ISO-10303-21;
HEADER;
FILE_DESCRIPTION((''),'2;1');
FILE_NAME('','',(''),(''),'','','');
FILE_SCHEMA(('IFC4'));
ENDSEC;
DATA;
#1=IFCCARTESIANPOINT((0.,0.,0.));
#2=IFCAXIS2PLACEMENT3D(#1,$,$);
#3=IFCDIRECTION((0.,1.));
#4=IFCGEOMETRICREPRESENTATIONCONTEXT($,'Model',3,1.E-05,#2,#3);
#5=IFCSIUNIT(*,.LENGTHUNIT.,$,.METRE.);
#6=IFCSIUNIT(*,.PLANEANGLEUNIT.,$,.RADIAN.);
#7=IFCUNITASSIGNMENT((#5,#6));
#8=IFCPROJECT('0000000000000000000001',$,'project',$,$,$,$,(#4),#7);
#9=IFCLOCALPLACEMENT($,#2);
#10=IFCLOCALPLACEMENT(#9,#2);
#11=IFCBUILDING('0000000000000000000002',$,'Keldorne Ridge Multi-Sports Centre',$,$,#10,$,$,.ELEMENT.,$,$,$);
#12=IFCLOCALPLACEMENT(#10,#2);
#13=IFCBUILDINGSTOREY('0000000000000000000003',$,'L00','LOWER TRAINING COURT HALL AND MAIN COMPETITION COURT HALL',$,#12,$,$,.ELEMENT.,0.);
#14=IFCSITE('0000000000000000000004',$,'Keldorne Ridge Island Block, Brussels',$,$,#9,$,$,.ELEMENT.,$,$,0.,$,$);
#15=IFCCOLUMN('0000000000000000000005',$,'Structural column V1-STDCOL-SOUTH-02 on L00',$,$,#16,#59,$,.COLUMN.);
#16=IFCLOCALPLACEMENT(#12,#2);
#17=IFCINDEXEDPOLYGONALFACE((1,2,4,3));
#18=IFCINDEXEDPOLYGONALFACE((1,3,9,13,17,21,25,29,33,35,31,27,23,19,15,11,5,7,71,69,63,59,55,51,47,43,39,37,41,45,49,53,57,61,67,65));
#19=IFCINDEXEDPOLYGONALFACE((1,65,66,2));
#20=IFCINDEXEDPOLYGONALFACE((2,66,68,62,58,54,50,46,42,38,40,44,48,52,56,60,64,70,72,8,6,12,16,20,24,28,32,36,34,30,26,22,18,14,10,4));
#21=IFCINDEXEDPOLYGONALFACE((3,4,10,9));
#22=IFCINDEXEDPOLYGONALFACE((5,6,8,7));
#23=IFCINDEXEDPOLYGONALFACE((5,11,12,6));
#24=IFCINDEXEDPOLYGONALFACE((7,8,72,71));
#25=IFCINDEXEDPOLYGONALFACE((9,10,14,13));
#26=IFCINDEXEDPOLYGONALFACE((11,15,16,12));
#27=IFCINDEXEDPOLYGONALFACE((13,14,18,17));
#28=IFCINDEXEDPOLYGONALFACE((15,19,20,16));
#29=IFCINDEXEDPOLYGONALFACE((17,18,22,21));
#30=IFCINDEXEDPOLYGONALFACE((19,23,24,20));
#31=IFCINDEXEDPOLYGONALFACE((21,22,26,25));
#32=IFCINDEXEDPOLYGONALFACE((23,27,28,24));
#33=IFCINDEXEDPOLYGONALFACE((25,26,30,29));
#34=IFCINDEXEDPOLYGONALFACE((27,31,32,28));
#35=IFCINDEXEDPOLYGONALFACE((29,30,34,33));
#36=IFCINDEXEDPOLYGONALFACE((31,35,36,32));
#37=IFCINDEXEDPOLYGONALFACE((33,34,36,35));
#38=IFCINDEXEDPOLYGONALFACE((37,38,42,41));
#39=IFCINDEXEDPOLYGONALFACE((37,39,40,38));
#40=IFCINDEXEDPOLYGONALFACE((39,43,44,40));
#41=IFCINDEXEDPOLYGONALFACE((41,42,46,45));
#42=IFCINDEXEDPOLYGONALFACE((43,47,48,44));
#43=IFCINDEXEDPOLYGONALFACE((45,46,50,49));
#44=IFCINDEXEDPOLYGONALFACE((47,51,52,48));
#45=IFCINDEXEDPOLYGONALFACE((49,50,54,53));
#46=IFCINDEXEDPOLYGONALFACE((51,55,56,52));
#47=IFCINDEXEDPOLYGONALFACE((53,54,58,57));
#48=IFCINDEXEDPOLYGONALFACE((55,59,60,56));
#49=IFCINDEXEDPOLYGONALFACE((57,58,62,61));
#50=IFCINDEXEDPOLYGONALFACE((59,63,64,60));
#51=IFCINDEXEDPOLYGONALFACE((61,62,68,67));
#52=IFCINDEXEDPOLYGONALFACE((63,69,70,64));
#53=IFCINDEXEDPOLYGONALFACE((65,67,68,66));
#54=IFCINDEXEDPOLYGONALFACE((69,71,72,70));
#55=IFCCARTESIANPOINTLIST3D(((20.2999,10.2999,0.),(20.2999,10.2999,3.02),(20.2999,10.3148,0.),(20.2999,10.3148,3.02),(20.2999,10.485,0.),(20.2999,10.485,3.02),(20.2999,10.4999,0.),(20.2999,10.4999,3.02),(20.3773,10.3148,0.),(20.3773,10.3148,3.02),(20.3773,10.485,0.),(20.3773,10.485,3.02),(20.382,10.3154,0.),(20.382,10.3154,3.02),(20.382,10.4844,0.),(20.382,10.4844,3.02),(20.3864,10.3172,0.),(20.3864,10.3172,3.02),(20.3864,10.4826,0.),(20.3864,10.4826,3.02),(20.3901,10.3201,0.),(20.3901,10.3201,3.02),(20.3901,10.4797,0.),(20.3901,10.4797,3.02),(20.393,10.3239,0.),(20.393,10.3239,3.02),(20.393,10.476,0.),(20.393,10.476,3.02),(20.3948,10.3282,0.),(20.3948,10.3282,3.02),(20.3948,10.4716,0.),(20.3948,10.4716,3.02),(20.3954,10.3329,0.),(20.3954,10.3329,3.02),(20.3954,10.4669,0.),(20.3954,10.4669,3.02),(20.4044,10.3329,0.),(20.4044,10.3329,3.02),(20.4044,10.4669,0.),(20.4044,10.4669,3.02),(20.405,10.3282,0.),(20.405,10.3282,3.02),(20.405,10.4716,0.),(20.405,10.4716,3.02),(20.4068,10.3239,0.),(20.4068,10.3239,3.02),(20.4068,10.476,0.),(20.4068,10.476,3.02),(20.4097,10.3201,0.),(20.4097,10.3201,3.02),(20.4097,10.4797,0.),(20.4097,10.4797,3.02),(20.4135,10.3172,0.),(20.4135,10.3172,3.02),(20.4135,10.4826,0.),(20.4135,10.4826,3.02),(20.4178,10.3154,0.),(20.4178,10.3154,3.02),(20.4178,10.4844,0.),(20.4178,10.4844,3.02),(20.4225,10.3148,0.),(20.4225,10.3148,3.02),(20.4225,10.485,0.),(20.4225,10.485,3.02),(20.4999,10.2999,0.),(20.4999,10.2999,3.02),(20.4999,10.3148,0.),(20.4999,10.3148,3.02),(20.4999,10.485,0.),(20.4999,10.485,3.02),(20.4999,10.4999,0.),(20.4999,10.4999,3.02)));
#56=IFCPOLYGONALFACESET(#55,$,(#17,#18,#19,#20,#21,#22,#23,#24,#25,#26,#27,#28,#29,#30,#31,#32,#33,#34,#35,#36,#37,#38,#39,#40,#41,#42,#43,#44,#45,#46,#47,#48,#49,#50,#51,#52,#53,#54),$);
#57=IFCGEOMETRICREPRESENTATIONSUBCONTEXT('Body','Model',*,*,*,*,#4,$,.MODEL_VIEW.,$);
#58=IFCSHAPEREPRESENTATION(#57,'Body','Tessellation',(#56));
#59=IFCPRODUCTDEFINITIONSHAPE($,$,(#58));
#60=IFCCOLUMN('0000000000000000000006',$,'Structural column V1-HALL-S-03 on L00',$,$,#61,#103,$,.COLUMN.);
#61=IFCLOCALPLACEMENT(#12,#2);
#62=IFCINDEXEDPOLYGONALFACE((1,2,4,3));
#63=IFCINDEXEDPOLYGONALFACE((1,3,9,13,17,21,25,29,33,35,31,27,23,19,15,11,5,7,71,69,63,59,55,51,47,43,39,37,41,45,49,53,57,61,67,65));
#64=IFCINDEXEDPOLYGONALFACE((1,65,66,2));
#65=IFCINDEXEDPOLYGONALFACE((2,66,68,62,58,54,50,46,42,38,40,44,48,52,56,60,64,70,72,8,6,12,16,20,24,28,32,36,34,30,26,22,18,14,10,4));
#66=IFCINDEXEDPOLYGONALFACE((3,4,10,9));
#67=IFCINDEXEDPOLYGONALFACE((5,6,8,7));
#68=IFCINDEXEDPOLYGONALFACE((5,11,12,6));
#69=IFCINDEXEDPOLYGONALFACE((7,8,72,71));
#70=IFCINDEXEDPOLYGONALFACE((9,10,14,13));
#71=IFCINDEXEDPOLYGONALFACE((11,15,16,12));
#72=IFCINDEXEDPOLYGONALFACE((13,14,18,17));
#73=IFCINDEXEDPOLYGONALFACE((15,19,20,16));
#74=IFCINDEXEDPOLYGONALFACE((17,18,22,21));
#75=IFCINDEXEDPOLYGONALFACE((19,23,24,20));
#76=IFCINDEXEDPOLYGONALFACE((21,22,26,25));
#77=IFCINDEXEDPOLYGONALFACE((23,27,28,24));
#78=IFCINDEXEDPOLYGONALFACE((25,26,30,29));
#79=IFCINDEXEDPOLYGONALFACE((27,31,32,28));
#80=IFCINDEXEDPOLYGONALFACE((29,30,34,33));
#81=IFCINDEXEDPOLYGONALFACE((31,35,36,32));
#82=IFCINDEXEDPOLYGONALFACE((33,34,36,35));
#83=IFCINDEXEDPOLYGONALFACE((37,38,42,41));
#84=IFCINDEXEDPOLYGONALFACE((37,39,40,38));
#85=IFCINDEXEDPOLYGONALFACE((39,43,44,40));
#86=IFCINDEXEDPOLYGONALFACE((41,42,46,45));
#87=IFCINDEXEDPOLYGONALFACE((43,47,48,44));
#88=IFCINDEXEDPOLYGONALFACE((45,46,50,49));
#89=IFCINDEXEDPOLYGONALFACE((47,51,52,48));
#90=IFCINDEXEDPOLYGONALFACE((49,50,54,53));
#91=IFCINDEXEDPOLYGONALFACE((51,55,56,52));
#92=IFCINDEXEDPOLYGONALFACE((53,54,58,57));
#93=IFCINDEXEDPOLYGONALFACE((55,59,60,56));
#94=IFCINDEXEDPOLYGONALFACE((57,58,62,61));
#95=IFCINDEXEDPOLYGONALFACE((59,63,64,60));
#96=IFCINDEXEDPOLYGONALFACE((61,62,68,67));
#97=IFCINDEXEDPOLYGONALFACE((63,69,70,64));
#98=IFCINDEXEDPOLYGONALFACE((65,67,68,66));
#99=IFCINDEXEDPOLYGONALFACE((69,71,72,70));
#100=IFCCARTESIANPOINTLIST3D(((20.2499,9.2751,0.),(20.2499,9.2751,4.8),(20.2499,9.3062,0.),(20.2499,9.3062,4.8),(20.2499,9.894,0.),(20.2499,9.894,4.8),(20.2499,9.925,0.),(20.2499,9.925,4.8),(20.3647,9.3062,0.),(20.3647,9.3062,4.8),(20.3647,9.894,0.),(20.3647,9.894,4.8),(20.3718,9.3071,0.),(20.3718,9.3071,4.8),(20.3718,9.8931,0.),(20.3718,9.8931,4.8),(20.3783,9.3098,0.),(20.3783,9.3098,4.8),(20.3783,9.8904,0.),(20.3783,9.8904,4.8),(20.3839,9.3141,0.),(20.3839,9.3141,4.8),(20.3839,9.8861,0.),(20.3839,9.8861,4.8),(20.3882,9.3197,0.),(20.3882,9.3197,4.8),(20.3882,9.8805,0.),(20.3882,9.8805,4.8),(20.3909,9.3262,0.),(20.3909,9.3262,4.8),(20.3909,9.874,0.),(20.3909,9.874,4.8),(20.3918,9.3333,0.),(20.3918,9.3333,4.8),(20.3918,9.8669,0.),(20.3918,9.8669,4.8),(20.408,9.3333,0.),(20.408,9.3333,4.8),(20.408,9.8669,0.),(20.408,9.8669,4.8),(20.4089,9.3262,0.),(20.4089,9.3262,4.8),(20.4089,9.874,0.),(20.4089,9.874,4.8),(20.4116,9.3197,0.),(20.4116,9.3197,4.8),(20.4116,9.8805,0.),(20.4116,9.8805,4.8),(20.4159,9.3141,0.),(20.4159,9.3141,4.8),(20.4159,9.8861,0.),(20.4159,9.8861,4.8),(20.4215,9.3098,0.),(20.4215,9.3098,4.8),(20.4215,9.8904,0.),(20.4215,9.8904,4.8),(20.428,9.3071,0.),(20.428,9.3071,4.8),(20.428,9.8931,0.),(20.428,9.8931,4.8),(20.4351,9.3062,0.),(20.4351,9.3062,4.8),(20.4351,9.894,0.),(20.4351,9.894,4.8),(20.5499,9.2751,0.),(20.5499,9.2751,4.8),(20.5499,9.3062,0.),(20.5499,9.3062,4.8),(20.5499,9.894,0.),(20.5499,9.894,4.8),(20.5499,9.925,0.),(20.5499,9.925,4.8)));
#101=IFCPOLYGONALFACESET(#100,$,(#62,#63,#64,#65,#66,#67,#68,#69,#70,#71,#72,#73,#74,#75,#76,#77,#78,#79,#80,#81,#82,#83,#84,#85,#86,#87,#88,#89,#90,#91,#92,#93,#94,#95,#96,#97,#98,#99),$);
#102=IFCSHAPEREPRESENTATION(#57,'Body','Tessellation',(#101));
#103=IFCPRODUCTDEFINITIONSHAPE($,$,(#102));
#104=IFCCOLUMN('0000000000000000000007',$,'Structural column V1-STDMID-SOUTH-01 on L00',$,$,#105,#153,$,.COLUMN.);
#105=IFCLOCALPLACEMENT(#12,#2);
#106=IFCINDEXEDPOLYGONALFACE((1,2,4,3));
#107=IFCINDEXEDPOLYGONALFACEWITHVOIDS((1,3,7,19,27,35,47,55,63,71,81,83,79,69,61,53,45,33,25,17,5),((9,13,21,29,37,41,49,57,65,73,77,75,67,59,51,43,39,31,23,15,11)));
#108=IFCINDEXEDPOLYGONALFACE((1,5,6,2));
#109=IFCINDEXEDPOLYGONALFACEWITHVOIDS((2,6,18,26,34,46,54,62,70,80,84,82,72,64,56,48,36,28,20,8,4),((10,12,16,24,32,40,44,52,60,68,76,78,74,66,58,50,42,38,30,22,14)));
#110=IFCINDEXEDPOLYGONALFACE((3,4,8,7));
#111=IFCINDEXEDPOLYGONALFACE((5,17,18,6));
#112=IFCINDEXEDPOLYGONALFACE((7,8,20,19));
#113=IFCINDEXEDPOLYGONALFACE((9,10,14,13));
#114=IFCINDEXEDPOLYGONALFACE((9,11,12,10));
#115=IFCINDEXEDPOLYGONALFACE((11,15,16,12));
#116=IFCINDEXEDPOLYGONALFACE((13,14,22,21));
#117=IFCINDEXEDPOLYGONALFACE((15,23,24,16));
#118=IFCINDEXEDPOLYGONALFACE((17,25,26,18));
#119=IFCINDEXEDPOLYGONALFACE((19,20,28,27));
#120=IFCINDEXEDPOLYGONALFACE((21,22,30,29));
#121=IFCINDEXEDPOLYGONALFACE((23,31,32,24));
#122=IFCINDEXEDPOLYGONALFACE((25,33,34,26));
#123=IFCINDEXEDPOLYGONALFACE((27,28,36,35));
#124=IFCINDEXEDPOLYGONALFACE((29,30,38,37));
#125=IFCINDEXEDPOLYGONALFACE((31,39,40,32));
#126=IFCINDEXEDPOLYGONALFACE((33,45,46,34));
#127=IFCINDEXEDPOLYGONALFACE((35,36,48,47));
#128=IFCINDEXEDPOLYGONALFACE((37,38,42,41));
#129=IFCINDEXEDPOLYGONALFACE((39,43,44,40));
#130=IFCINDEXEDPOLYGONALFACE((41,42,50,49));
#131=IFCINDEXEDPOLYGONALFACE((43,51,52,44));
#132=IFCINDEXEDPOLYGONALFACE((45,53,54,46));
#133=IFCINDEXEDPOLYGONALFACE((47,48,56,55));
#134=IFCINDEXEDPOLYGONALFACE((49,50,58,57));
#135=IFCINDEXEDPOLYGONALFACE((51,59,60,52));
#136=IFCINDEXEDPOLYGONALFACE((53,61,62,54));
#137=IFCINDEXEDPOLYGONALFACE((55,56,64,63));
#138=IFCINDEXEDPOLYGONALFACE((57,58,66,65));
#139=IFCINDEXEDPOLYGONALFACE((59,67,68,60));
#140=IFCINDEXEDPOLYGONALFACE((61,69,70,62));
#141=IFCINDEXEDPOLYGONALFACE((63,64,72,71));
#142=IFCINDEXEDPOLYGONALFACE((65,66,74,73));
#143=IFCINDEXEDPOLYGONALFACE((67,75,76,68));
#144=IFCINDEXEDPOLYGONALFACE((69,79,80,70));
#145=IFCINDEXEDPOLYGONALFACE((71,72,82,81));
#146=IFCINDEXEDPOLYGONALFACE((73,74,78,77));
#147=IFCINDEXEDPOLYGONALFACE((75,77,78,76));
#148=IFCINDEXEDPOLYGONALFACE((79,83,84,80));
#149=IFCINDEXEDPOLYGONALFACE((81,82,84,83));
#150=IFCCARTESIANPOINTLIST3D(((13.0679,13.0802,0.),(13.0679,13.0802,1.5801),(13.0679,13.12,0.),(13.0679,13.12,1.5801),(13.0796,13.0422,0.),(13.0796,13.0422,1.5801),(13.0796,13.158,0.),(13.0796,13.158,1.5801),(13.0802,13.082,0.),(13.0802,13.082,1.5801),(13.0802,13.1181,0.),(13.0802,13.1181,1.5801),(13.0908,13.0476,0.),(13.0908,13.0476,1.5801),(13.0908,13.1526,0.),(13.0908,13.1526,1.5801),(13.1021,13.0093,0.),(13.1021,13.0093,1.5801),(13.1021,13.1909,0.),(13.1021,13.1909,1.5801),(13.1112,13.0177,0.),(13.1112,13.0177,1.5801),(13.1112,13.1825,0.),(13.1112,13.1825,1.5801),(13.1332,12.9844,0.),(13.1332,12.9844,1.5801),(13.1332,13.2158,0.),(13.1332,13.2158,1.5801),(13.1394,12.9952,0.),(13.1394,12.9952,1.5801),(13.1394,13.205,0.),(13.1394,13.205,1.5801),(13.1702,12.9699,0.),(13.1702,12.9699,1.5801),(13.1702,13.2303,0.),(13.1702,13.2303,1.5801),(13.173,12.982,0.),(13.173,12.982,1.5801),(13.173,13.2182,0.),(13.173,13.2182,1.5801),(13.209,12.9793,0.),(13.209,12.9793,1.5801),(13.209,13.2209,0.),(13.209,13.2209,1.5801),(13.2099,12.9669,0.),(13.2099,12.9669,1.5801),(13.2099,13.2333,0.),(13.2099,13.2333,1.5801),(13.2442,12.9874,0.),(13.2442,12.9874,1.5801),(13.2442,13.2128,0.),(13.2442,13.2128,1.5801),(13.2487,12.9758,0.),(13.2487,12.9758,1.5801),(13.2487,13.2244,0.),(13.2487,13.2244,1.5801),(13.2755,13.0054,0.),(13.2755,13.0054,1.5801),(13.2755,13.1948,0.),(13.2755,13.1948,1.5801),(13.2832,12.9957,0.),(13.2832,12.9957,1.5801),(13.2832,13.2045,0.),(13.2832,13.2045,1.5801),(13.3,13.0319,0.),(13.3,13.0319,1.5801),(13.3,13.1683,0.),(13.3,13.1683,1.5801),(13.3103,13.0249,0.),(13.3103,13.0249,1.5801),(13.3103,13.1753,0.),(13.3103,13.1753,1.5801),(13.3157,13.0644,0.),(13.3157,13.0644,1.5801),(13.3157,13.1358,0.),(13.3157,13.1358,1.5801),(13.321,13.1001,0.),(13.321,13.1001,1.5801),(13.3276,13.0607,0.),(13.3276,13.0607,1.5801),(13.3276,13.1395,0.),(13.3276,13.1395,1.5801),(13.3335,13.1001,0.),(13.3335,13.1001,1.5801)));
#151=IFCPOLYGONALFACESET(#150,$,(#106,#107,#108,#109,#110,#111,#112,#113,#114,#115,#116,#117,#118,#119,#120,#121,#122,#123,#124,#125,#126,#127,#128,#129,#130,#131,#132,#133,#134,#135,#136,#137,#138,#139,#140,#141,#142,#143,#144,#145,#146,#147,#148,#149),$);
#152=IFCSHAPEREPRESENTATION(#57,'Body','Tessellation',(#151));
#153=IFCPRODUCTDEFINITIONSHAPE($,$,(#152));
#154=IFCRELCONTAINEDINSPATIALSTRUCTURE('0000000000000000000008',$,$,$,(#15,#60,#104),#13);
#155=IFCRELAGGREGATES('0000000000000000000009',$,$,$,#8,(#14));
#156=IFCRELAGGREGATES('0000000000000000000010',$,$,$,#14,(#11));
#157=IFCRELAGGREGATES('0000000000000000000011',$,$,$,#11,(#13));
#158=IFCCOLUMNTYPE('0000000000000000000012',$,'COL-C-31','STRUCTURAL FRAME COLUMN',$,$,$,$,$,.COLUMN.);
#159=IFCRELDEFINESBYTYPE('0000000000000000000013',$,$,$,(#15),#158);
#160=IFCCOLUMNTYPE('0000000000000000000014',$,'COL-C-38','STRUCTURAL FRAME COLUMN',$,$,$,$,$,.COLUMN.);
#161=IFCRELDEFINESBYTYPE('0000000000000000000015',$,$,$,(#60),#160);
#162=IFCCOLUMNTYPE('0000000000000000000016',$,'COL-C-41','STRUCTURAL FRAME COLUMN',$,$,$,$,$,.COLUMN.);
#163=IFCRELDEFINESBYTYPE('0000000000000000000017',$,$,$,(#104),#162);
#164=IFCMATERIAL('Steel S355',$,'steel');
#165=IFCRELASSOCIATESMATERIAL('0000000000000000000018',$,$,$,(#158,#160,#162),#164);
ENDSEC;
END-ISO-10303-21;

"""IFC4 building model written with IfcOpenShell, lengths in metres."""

from ifc_helpers import new_model, si_unit, direction, frame, origin, origin_2d, place, context, subcontext, project, spatial, hollow_circle, i_section, extrude, material, material_profile, profile_set, type_object, element, save


model = new_model("IFC4")

# Units and contexts
model_context = context("Model", 3, precision=1e-05, world=origin(), true_north=direction((0.0, 1.0)))
body_context = subcontext(model_context, "Body", "Model", "MODEL_VIEW")
ifc_project = project(units=[si_unit("LENGTHUNIT", "METRE"), si_unit("PLANEANGLEUNIT", "RADIAN")], contexts=[model_context])

# Site, building, storey
site_placement = place(None, origin())
site = spatial("IfcSite", under=ifc_project, at=site_placement, Name="Keldorne Ridge Island Block, Brussels", CompositionType="ELEMENT", RefElevation=0.0)
building_placement = place(site_placement, origin())
building = spatial("IfcBuilding", under=site, at=building_placement, Name="Keldorne Ridge Multi-Sports Centre", CompositionType="ELEMENT")
storey_placement = place(building_placement, origin())
storey = spatial("IfcBuildingStorey", under=building, at=storey_placement, Name="L00", Description="LOWER TRAINING COURT HALL AND MAIN COMPETITION COURT HALL", CompositionType="ELEMENT", Elevation=0.0)

# Columns
ifc_material_1 = material(Name="Steel S355", Category="steel")
ifc_material_profile_1 = material_profile(ifc_material_1, i_section(OverallWidth=0.2, OverallDepth=0.2, WebThickness=0.009, FlangeThickness=0.0149, FilletRadius=0.0181, at=origin_2d()), Name="HEB 200")
ifc_profile_set_1 = profile_set([ifc_material_profile_1], Name="Steel S355")
column_type_1 = type_object("IfcColumnType", Name="COL-C-31", Description="STRUCTURAL FRAME COLUMN", PredefinedType="COLUMN", material=ifc_profile_set_1)
column_1_placement = place(storey_placement, frame((20.3999, 10.3999, 0.0), z_axis=(0.0, 0.0, 1.0), x_axis=(1.0, 0.0, 0.0)))
element("IfcColumn", 1, at=column_1_placement, inside=storey, type_object=column_type_1, Name="Structural column V1-STDCOL-SOUTH-02 on L00", PredefinedType="COLUMN", context=body_context, shape_type="SweptSolid", body=[
    extrude(i_section(OverallWidth=0.2, OverallDepth=0.2, WebThickness=0.009, FlangeThickness=0.0149, FilletRadius=0.0181, at=origin_2d()), origin(), (0.0, 0.0, 1.0), 3.02),
])
ifc_material_profile_2 = material_profile(ifc_material_1, i_section(OverallWidth=0.3, OverallDepth=0.6499, WebThickness=0.0161, FlangeThickness=0.031, FilletRadius=0.0271, at=origin_2d()), Name="HEB 650")
ifc_profile_set_2 = profile_set([ifc_material_profile_2], Name="Steel S355")
column_type_2 = type_object("IfcColumnType", Name="COL-C-38", Description="STRUCTURAL FRAME COLUMN", PredefinedType="COLUMN", material=ifc_profile_set_2)
column_2_placement = place(storey_placement, frame((20.3999, 9.6001, 0.0), z_axis=(0.0, 0.0, 1.0), x_axis=(1.0, 0.0, 0.0)))
element("IfcColumn", 2, at=column_2_placement, inside=storey, type_object=column_type_2, Name="Structural column V1-HALL-S-03 on L00", PredefinedType="COLUMN", context=body_context, shape_type="SweptSolid", body=[
    extrude(i_section(OverallWidth=0.3, OverallDepth=0.6499, WebThickness=0.0161, FlangeThickness=0.031, FilletRadius=0.0271, at=origin_2d()), origin(), (0.0, 0.0, 1.0), 4.8),
])
ifc_material_profile_3 = material_profile(ifc_material_1, hollow_circle(Radius=0.1335, WallThickness=0.0125, at=origin_2d()), Name="CHS 267x12.5")
ifc_profile_set_3 = profile_set([ifc_material_profile_3], Name="Steel S355")
column_type_3 = type_object("IfcColumnType", Name="COL-C-41", Description="STRUCTURAL FRAME COLUMN", PredefinedType="COLUMN", material=ifc_profile_set_3)
for number, where, z_axis, x_axis, name in (
    (3, (13.2, 13.1001, 0.0), (0.0, 0.0, 1.0), (1.0, 0.0, 0.0), "Structural column V1-STDMID-SOUTH-01 on L00"),
):
    element("IfcColumn", number, at=place(storey_placement, frame(where, z_axis=z_axis, x_axis=x_axis)), inside=storey, type_object=column_type_3, Name=name, PredefinedType="COLUMN", context=body_context, shape_type="SweptSolid", body=[
        extrude(hollow_circle(Radius=0.1335, WallThickness=0.0125, at=origin_2d()), origin(), (0.0, 0.0, 1.0), 1.5801),
    ])

save(model, "model.ifc")
